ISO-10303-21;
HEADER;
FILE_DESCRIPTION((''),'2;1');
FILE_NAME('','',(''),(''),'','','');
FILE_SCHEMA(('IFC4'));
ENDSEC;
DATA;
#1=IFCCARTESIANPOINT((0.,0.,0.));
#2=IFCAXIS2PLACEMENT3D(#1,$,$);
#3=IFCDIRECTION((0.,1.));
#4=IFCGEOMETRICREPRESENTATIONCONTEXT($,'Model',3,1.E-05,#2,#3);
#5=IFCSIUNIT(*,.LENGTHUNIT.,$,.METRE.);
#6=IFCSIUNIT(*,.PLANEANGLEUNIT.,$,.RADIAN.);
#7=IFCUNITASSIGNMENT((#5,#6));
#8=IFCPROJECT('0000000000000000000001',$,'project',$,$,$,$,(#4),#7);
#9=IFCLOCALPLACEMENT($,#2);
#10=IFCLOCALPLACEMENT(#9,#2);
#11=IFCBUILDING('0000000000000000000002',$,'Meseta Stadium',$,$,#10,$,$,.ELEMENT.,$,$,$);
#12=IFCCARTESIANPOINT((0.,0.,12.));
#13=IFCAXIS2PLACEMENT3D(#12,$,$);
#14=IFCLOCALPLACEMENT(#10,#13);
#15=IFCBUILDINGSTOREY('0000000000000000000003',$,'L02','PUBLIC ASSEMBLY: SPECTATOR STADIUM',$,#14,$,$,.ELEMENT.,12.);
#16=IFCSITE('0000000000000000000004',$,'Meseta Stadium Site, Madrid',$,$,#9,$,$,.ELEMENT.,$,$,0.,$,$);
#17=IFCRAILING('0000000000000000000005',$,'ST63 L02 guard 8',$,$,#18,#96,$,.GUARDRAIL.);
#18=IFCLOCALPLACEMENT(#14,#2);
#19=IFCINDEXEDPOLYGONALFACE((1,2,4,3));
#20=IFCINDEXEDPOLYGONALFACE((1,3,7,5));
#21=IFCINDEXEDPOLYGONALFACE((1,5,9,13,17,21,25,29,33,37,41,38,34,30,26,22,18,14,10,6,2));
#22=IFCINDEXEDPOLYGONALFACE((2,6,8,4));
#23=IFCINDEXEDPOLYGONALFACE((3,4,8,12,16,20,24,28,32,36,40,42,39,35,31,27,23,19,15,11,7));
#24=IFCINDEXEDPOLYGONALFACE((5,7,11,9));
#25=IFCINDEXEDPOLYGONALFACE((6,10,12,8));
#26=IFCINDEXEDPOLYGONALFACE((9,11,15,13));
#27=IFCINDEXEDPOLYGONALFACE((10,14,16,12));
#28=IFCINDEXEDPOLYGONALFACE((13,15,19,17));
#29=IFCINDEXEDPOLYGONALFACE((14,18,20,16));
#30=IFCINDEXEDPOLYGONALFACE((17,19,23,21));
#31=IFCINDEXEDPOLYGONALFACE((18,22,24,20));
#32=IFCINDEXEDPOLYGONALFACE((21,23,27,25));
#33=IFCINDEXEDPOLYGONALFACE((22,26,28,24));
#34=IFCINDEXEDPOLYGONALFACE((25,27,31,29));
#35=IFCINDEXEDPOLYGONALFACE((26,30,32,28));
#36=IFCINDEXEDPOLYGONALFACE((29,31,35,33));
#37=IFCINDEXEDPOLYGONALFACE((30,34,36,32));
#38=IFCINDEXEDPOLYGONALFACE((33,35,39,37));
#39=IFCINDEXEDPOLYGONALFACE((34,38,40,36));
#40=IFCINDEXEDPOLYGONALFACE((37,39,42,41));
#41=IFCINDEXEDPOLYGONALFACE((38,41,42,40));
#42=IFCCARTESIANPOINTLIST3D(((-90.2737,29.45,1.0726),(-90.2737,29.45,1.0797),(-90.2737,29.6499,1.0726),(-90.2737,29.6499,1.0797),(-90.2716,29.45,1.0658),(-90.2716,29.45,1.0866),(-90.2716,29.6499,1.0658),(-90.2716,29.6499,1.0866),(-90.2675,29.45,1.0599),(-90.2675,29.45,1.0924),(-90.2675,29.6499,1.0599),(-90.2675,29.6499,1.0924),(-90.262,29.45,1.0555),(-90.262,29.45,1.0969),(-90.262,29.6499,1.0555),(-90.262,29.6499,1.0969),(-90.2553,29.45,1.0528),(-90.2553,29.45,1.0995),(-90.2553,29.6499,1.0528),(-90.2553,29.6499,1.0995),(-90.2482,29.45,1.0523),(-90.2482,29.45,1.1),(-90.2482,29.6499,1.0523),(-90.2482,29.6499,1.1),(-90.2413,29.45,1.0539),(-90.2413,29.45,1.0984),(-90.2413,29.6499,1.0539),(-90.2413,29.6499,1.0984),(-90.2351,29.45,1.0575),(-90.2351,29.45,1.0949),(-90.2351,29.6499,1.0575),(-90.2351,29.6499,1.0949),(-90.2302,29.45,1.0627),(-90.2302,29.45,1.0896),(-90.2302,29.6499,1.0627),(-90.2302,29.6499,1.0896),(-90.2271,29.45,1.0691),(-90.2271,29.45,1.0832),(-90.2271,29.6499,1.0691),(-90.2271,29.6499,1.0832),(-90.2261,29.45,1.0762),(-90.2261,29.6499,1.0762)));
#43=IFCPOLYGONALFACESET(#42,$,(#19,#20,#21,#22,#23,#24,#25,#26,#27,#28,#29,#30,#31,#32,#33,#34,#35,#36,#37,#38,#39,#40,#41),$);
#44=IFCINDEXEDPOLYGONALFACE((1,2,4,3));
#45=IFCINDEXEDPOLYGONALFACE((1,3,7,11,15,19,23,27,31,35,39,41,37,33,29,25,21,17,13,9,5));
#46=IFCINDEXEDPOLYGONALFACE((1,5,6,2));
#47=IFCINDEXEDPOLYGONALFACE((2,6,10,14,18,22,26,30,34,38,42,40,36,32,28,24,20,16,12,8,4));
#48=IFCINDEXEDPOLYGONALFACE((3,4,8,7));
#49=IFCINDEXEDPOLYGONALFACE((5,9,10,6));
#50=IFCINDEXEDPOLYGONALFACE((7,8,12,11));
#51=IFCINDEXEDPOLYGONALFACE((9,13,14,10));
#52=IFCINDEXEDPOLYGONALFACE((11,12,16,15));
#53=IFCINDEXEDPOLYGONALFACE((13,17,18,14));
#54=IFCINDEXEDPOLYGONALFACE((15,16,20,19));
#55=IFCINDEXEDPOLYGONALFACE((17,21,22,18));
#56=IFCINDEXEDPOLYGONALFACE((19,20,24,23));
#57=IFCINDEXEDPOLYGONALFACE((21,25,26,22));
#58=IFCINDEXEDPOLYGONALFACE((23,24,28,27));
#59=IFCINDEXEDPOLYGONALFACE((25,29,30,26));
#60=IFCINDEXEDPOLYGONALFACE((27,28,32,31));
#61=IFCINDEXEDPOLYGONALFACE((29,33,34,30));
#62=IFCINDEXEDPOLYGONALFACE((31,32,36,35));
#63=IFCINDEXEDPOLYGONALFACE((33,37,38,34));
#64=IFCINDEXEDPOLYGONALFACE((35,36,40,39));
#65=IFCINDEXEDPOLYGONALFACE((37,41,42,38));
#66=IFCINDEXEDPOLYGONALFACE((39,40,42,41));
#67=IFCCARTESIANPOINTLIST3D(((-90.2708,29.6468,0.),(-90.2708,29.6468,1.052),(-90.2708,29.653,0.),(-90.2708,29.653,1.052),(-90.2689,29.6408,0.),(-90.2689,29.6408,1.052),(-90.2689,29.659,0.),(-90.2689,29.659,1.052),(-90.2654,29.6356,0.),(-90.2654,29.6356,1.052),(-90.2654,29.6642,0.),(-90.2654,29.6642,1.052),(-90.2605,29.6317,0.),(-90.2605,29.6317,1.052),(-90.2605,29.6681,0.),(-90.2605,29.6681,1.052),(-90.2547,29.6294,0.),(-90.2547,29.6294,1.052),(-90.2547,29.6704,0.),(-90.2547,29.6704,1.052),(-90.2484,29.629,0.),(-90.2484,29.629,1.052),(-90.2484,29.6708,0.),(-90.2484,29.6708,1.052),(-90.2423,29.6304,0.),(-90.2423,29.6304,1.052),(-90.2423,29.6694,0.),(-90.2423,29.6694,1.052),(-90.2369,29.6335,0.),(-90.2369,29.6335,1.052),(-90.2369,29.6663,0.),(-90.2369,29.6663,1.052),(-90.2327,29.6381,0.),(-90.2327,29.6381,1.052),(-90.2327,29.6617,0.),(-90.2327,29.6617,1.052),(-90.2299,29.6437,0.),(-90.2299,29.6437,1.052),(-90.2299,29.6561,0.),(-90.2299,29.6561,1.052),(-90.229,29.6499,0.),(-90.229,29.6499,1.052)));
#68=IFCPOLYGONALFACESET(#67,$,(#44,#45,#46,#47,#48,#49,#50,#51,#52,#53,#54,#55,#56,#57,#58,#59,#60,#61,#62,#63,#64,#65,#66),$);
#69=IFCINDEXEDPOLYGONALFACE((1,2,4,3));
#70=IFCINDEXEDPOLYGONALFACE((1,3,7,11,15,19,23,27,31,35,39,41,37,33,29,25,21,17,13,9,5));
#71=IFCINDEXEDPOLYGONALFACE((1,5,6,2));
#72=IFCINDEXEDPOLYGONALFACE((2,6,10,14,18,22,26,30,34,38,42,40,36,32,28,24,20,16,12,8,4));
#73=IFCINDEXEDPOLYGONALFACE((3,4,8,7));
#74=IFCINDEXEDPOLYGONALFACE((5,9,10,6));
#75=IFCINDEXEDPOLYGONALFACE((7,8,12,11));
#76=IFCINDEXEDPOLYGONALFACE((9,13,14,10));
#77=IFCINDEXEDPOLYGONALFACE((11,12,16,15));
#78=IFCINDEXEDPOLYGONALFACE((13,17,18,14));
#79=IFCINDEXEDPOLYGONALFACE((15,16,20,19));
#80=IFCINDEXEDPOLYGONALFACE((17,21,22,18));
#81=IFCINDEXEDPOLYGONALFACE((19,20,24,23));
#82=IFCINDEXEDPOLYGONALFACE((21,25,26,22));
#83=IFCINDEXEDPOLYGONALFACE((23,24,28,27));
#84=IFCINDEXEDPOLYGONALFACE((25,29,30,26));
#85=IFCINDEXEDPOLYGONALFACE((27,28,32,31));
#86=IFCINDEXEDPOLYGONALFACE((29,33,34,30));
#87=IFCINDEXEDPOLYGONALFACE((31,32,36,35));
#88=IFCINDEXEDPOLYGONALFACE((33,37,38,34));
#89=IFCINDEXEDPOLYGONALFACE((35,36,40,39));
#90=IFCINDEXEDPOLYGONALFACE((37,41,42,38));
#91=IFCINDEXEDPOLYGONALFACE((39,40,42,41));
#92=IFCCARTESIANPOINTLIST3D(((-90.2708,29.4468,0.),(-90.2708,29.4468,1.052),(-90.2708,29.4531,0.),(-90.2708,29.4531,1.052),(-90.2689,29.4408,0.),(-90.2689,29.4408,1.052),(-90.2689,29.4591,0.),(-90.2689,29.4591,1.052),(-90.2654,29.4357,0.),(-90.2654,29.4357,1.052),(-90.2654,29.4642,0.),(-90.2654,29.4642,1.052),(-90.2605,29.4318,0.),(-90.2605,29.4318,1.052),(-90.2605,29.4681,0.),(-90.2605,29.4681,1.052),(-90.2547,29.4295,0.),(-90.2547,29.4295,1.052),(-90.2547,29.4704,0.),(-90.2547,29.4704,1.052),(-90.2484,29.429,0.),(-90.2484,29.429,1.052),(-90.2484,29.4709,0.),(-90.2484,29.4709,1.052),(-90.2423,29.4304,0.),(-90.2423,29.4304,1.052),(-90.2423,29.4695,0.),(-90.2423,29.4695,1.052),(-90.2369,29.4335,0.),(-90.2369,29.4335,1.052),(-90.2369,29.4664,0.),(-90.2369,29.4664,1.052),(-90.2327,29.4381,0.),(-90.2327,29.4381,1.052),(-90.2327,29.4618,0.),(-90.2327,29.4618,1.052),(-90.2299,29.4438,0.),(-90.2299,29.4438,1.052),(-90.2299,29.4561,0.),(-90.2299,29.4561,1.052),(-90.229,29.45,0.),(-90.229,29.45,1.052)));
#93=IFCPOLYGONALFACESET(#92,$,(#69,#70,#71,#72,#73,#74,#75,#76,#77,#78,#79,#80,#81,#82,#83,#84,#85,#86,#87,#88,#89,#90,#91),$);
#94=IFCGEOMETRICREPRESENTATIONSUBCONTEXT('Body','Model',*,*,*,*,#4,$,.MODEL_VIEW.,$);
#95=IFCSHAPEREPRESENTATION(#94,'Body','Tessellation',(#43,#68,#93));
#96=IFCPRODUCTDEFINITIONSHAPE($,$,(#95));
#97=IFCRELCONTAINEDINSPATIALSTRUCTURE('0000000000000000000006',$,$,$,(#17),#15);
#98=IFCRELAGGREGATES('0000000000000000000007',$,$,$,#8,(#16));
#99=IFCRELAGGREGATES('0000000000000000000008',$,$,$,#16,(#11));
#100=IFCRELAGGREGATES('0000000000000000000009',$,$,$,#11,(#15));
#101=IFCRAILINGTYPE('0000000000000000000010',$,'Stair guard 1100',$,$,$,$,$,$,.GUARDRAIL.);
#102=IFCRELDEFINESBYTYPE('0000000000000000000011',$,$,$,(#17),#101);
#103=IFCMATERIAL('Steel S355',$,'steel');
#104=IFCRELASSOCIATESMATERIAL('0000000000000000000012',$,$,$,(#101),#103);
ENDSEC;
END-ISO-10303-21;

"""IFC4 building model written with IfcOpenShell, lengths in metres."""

from ifc_helpers import new_model, si_unit, direction, frame, origin, origin_2d, place, context, subcontext, project, spatial, circle, extrude, material, type_object, element, save


model = new_model("IFC4")

# Units and contexts
model_context = context("Model", 3, precision=1e-05, world=origin(), true_north=direction((0.0, 1.0)))
body_context = subcontext(model_context, "Body", "Model", "MODEL_VIEW")
ifc_project = project(units=[si_unit("LENGTHUNIT", "METRE"), si_unit("PLANEANGLEUNIT", "RADIAN")], contexts=[model_context])

# Site, building, storey
site_placement = place(None, origin())
site = spatial("IfcSite", under=ifc_project, at=site_placement, Name="Meseta Stadium Site, Madrid", CompositionType="ELEMENT", RefElevation=0.0)
building_placement = place(site_placement, origin())
building = spatial("IfcBuilding", under=site, at=building_placement, Name="Meseta Stadium", CompositionType="ELEMENT")
storey_placement = place(building_placement, frame((0.0, 0.0, 12.0)))
storey = spatial("IfcBuildingStorey", under=building, at=storey_placement, Name="L02", Description="PUBLIC ASSEMBLY: SPECTATOR STADIUM", CompositionType="ELEMENT", Elevation=12.0)

# Railing
ifc_material_1 = material(Name="Steel S355", Category="steel")
railing_type_1 = type_object("IfcRailingType", Name="Stair guard 1100", PredefinedType="GUARDRAIL", material=ifc_material_1)
railing_1_placement = place(storey_placement, frame((-90.25, 29.6499, 0.0)))
element("IfcRailing", 1, at=railing_1_placement, inside=storey, type_object=railing_type_1, Name="ST63 L02 guard 8", PredefinedType="GUARDRAIL", context=body_context, shape_type="SweptSolid", body=[
    extrude(circle(Radius=0.0239, at=origin_2d()), frame((0.0, 0.0, 1.0762), z_axis=(0.0, -1.0, 0.0), x_axis=(1.0, 0.0, 0.0)), (0.0, 0.0, 1.0), 0.2),
    extrude(circle(Radius=0.021, at=origin_2d()), origin(), (0.0, 0.0, 1.0), 1.052),
    extrude(circle(Radius=0.021, at=origin_2d()), frame((0.0, -0.2, 0.0)), (0.0, 0.0, 1.0), 1.052),
])

save(model, "model.ifc")
